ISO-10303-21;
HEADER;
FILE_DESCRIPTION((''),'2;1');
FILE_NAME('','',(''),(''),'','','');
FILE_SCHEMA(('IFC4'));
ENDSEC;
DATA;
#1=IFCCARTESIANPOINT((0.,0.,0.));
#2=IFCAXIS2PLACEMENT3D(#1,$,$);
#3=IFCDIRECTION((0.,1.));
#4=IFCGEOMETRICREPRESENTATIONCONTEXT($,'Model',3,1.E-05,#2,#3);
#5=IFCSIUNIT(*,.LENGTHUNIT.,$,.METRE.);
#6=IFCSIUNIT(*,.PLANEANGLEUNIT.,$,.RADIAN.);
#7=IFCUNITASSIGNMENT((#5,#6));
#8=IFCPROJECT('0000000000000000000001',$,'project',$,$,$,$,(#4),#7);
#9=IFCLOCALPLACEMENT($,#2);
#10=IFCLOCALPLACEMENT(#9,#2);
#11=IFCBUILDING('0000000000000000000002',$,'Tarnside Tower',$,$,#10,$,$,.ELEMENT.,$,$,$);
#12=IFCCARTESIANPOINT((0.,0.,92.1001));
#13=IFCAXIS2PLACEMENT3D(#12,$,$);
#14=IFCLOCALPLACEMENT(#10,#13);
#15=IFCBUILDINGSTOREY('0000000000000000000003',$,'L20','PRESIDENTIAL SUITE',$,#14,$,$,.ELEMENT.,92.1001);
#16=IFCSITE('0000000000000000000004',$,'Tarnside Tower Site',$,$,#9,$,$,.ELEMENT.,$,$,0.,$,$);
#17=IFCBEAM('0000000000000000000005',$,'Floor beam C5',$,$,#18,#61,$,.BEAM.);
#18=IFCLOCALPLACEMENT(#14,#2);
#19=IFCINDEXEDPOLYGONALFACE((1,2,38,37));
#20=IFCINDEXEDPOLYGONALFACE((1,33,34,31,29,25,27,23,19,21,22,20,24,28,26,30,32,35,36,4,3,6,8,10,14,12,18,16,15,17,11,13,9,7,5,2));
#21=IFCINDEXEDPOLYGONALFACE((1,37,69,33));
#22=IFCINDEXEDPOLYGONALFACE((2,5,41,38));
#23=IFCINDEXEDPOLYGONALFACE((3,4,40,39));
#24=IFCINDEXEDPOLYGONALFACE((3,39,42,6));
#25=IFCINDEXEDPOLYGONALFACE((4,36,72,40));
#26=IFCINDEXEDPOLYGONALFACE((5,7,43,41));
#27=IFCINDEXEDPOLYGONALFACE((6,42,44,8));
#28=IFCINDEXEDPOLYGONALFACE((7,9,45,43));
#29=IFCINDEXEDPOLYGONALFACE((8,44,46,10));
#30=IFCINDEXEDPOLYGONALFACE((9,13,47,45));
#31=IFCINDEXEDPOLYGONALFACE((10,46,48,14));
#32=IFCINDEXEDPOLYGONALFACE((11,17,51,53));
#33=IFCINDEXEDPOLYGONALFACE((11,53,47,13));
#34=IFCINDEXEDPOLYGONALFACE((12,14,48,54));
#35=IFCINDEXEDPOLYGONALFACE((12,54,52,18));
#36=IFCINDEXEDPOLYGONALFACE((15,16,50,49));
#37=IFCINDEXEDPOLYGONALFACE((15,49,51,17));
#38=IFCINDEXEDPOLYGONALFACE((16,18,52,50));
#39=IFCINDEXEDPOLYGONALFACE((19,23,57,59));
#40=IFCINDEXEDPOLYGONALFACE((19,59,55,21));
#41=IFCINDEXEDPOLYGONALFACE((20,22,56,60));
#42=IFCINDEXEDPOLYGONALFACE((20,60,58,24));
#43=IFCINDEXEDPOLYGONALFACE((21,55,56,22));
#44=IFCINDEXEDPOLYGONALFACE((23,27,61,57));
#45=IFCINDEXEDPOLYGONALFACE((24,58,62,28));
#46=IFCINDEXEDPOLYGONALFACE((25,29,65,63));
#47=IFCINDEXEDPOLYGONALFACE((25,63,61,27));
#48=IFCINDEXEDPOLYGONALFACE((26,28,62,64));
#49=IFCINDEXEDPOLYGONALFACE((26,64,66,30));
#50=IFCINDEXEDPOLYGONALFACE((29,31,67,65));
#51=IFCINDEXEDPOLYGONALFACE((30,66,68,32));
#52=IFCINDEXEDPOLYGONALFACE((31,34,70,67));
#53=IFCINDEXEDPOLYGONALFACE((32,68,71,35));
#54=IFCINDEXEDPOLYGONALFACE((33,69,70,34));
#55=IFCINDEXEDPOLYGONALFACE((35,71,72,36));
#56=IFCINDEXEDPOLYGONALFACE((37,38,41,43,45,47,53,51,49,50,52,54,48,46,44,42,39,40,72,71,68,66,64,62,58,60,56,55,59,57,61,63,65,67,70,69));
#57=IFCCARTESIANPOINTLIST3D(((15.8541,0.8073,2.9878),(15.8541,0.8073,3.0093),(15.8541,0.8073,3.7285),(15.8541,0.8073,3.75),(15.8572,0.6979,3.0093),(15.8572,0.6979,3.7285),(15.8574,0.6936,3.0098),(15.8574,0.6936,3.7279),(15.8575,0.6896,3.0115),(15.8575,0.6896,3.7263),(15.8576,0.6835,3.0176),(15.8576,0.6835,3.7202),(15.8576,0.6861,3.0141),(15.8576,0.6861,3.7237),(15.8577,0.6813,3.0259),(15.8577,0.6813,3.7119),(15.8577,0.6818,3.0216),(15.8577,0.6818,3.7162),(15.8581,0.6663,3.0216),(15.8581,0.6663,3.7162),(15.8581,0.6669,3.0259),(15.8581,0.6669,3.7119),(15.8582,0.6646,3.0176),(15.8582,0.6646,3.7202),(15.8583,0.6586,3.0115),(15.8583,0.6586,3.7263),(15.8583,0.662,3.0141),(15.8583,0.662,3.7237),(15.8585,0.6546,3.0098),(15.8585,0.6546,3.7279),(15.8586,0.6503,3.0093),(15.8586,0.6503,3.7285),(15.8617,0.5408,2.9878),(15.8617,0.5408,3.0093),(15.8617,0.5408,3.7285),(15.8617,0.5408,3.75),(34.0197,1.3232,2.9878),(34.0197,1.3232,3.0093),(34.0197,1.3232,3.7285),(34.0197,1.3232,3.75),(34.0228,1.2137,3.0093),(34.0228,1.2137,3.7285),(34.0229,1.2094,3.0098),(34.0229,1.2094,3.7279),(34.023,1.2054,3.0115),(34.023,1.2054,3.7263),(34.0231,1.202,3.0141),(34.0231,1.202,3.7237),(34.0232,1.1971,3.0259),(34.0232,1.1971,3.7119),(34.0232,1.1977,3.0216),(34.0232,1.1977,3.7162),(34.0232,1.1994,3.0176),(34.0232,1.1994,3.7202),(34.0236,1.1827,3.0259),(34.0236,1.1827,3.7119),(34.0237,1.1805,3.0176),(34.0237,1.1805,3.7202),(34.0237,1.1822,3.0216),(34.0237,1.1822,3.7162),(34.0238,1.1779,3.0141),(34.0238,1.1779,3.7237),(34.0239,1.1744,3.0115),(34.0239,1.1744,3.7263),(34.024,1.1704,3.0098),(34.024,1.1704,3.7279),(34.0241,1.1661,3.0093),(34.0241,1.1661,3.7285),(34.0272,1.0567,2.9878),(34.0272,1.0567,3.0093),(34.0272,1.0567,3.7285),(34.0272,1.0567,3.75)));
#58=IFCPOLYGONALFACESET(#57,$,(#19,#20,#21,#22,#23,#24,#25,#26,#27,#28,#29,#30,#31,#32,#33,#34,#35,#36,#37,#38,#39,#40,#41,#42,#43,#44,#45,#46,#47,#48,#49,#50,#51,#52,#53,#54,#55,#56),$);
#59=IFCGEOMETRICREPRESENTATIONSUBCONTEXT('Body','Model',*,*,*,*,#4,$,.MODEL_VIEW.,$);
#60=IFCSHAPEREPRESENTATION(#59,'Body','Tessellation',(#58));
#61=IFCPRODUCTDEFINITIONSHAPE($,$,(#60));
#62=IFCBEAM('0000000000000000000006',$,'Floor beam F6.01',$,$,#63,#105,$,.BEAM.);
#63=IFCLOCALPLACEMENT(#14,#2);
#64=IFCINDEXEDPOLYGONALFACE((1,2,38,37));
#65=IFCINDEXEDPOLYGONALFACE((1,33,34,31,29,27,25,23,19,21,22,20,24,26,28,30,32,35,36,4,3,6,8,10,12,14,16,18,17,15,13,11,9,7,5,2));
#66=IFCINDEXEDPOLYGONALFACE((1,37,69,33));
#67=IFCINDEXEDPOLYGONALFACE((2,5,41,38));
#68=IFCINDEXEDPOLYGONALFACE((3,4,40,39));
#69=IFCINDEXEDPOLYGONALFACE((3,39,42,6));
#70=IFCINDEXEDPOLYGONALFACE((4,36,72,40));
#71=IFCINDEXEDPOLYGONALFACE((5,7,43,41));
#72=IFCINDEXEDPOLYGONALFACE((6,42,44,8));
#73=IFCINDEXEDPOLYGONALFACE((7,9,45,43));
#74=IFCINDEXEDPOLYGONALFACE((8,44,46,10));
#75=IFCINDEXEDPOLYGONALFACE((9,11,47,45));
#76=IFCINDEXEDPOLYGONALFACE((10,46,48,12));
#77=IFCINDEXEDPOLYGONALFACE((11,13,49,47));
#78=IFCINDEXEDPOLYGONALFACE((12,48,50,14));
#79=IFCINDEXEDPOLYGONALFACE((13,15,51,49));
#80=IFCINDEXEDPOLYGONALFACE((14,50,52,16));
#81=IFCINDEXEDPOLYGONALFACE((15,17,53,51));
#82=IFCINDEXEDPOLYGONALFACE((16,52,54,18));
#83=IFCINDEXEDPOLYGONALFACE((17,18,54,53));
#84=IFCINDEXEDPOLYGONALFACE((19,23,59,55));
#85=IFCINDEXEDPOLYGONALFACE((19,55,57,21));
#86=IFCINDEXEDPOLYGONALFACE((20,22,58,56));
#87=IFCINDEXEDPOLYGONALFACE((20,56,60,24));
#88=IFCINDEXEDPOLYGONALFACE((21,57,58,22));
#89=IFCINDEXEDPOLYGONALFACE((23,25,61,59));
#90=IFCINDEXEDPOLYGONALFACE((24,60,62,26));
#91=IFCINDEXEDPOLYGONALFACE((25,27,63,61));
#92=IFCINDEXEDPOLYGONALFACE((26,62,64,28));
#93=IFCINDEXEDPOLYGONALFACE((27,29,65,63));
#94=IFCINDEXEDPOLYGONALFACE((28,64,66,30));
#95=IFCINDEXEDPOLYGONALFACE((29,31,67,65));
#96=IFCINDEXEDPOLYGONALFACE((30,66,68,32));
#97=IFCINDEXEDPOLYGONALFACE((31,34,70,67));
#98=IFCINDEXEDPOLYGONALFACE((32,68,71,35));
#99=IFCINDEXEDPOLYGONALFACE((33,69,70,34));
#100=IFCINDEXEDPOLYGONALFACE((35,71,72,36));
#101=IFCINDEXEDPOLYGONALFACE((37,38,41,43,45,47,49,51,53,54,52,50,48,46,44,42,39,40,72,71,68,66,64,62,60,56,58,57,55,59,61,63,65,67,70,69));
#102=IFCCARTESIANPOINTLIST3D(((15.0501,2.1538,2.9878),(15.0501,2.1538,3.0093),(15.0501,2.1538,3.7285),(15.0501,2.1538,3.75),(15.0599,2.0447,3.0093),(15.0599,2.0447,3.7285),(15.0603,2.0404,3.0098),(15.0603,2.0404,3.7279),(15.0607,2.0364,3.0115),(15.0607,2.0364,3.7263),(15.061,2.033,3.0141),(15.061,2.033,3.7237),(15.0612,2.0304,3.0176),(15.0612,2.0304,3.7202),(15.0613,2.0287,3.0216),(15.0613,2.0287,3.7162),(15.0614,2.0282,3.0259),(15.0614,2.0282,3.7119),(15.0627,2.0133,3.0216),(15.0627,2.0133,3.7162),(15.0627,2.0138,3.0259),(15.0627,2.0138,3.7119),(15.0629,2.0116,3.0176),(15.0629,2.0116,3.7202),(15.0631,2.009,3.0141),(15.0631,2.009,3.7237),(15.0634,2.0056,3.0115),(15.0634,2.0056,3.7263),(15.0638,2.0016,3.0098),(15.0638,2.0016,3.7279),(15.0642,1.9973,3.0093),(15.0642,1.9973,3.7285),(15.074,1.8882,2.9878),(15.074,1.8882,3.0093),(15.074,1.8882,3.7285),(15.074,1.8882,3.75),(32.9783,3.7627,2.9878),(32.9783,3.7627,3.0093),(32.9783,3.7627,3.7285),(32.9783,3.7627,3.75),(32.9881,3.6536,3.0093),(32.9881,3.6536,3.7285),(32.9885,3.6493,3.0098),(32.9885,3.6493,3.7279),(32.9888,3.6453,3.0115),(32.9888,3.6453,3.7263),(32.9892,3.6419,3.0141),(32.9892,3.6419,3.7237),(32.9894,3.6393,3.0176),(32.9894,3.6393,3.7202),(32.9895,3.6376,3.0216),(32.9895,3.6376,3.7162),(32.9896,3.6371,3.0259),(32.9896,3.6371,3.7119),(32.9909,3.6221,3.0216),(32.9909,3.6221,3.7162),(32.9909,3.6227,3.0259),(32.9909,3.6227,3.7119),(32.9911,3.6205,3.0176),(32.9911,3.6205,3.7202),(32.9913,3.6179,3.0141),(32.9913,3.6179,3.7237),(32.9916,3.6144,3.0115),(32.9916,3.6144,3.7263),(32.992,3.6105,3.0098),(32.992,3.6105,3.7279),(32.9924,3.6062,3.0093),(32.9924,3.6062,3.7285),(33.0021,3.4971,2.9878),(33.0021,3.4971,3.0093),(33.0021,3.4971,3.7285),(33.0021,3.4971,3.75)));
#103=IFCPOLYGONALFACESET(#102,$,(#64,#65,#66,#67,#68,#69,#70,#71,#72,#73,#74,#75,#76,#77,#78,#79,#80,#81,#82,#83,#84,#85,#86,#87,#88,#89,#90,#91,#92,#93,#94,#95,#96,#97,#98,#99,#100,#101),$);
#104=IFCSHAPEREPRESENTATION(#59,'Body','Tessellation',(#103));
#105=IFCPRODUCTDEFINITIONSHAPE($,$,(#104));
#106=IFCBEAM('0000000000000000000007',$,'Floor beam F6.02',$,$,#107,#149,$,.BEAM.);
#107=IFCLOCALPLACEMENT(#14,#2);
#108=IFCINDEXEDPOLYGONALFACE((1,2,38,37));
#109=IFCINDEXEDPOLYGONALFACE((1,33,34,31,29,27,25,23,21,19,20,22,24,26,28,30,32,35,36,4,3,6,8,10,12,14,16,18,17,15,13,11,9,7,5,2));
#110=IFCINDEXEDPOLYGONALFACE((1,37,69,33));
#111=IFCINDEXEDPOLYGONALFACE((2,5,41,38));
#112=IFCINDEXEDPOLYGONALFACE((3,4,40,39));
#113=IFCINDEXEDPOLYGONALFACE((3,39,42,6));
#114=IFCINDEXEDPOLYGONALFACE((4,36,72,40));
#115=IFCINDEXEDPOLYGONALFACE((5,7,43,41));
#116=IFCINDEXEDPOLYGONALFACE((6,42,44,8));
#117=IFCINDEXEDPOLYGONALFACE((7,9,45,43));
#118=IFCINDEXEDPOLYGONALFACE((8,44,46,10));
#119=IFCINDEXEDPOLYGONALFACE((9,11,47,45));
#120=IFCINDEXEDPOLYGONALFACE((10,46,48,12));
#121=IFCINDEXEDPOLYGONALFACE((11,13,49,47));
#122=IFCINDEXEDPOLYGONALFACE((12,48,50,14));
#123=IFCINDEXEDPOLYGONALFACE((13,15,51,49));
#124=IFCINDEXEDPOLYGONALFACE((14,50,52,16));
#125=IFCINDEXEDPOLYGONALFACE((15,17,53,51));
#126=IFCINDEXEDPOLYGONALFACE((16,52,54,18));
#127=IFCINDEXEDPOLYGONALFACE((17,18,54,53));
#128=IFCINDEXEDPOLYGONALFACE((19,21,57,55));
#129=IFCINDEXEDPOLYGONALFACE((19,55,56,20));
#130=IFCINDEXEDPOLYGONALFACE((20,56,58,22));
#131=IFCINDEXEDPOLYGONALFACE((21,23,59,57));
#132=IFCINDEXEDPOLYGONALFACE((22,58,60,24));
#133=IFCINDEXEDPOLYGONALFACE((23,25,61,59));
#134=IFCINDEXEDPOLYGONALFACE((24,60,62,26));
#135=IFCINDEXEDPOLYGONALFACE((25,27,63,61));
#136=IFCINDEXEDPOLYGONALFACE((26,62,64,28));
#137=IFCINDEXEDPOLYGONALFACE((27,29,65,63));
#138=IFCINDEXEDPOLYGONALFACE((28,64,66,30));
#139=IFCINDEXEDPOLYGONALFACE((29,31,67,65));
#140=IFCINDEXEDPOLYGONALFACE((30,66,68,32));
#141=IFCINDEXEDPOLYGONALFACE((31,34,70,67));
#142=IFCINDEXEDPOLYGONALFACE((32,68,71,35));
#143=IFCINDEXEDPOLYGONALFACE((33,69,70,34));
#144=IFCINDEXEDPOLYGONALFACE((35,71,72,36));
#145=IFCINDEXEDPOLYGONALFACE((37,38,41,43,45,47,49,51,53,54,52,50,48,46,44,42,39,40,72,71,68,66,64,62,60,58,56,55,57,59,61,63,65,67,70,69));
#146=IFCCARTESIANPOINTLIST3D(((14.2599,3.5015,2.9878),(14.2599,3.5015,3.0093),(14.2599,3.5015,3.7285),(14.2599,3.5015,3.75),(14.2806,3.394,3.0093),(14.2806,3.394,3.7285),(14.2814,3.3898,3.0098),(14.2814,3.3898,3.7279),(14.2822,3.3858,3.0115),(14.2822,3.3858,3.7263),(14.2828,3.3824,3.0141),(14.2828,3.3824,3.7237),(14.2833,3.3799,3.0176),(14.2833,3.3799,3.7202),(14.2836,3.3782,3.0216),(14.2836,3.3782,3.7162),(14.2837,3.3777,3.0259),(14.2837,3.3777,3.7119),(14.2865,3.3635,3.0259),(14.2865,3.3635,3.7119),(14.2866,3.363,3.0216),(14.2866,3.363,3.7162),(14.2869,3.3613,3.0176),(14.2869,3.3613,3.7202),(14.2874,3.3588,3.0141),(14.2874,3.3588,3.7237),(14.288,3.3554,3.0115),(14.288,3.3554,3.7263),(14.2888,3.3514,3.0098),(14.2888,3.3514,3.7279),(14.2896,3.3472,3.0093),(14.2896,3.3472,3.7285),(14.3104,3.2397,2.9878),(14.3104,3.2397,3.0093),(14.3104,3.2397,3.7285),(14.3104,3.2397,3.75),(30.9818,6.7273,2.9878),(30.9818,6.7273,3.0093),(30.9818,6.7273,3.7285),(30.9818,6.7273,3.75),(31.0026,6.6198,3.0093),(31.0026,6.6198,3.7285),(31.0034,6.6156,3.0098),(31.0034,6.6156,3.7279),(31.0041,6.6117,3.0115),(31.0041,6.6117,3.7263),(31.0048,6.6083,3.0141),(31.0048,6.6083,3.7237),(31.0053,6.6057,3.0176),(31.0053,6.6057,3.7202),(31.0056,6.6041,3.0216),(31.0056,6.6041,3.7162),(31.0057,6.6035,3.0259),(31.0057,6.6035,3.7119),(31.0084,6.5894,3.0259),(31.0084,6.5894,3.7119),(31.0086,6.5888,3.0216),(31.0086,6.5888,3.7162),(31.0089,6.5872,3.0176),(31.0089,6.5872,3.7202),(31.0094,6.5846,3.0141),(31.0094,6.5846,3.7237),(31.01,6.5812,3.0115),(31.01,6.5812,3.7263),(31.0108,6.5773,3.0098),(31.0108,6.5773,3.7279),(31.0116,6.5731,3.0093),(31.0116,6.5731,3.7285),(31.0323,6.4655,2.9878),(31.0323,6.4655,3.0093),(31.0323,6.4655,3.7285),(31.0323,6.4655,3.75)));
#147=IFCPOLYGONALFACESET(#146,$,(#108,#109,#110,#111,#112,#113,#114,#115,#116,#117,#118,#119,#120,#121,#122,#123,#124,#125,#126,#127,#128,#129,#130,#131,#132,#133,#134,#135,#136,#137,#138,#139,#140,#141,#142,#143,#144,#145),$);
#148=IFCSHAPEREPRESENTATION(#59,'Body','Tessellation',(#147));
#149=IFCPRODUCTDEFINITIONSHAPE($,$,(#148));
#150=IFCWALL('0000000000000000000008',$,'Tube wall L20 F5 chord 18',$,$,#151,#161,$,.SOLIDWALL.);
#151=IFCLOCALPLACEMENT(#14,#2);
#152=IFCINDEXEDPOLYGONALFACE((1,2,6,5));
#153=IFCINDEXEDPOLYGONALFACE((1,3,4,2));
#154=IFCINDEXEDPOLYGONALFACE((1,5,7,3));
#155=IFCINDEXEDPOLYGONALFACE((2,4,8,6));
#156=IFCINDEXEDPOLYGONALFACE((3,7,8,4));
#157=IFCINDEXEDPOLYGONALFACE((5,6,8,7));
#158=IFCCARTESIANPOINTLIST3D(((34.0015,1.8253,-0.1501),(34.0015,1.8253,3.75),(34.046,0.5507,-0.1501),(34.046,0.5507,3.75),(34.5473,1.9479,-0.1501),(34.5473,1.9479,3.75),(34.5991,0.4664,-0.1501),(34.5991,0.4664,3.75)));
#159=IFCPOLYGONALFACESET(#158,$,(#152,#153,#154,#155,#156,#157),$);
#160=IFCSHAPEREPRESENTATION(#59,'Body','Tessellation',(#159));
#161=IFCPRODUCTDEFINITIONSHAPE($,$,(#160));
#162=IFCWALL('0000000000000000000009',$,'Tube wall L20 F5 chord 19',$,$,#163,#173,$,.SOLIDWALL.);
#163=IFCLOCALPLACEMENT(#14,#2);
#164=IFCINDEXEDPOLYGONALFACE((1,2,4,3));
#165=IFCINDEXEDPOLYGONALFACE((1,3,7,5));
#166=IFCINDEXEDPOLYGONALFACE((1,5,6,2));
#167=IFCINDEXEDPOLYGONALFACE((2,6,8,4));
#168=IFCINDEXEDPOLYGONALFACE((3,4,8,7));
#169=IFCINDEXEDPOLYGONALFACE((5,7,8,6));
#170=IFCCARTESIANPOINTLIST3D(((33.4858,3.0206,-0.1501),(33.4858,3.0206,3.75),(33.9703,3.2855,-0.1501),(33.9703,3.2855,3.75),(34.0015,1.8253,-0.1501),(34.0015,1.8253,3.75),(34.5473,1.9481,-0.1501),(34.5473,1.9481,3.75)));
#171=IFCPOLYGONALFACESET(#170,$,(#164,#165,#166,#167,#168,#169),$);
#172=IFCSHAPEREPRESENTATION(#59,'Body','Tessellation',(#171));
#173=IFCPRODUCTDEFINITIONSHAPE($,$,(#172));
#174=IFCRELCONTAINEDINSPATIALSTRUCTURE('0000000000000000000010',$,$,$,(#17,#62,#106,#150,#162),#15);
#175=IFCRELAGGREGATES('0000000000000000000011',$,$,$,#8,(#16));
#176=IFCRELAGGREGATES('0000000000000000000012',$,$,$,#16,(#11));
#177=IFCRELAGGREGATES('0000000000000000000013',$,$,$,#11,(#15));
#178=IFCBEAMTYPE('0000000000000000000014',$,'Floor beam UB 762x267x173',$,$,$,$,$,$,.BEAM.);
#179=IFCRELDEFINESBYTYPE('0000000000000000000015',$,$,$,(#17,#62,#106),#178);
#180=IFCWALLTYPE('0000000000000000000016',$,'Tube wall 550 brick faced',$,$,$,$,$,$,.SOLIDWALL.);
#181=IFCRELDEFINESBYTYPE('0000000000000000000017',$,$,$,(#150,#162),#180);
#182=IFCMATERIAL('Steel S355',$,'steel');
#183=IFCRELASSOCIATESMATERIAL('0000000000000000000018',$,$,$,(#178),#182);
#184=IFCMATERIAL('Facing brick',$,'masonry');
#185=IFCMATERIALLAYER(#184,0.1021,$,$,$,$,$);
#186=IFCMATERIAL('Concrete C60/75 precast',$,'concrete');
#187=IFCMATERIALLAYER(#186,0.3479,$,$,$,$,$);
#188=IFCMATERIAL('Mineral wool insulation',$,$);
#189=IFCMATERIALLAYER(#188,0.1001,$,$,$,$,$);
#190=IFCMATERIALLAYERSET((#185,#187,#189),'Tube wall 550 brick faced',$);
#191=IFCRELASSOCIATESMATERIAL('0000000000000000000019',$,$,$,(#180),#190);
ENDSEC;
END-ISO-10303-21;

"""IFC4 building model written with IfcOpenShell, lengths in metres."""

from ifc_helpers import new_model, si_unit, direction, frame, origin, origin_2d, place, context, subcontext, project, spatial, polyline, i_section, outline, extrude, material, layer, layer_set, material_profile, profile_set, type_object, element, save


model = new_model("IFC4")

# Units and contexts
model_context = context("Model", 3, precision=1e-05, world=origin(), true_north=direction((0.0, 1.0)))
body_context = subcontext(model_context, "Body", "Model", "MODEL_VIEW")
ifc_project = project(units=[si_unit("LENGTHUNIT", "METRE"), si_unit("PLANEANGLEUNIT", "RADIAN")], contexts=[model_context])

# Site, building, storey
site_placement = place(None, origin())
site = spatial("IfcSite", under=ifc_project, at=site_placement, Name="Tarnside Tower Site", CompositionType="ELEMENT", RefElevation=0.0)
building_placement = place(site_placement, origin())
building = spatial("IfcBuilding", under=site, at=building_placement, Name="Tarnside Tower", CompositionType="ELEMENT")
storey_placement = place(building_placement, frame((0.0, 0.0, 92.1001)))
storey = spatial("IfcBuildingStorey", under=building, at=storey_placement, Name="L20", Description="PRESIDENTIAL SUITE", CompositionType="ELEMENT", Elevation=92.1001)

# Beams
ifc_material_1 = material(Name="Steel S355", Category="steel")
ifc_material_profile = material_profile(ifc_material_1, i_section(OverallWidth=0.2666, OverallDepth=0.7622, WebThickness=0.0144, FlangeThickness=0.0215, FilletRadius=0.0166, at=origin_2d()), Name="UB 762x267x173")
ifc_profile_set = profile_set([ifc_material_profile], Name="Steel S355")
beam_type = type_object("IfcBeamType", Name="Floor beam UB 762x267x173", PredefinedType="BEAM", material=ifc_profile_set)
beam_1_placement = place(storey_placement, frame((34.0234, 1.1899, 3.3689), z_axis=(-0.999597, -0.028387, 0.0), x_axis=(0.028387, -0.999597, 0.0)))
element("IfcBeam", 1, at=beam_1_placement, inside=storey, type_object=beam_type, Name="Floor beam C5", PredefinedType="BEAM", context=body_context, shape_type="SweptSolid", body=[
    extrude(i_section(OverallWidth=0.2666, OverallDepth=0.7622, WebThickness=0.0144, FlangeThickness=0.0215, FilletRadius=0.0166, at=origin_2d()), origin(), (0.0, 0.0, 1.0), 18.1729),
])
beam_2_placement = place(storey_placement, frame((32.9902, 3.6299, 3.3689), z_axis=(-0.995997, -0.089381, 0.0), x_axis=(0.089381, -0.995997, 0.0)))
element("IfcBeam", 2, at=beam_2_placement, inside=storey, type_object=beam_type, Name="Floor beam F6.01", PredefinedType="BEAM", context=body_context, shape_type="SweptSolid", body=[
    extrude(i_section(OverallWidth=0.2666, OverallDepth=0.7622, WebThickness=0.0144, FlangeThickness=0.0215, FilletRadius=0.0166, at=origin_2d()), origin(), (0.0, 0.0, 1.0), 18.0002),
])
beam_3_placement = place(storey_placement, frame((31.0071, 6.5964, 3.3689), z_axis=(-0.981897, -0.189418, 0.0), x_axis=(0.189418, -0.981897, 0.0)))
element("IfcBeam", 3, at=beam_3_placement, inside=storey, type_object=beam_type, Name="Floor beam F6.02", PredefinedType="BEAM", context=body_context, shape_type="SweptSolid", body=[
    extrude(i_section(OverallWidth=0.2666, OverallDepth=0.7622, WebThickness=0.0144, FlangeThickness=0.0215, FilletRadius=0.0166, at=origin_2d()), origin(), (0.0, 0.0, 1.0), 17.0303),
])

# Walls
ifc_material_2 = material(Name="Facing brick", Category="masonry")
ifc_layer_1 = layer(ifc_material_2, 0.1021)
ifc_material_3 = material(Name="Concrete C60/75 precast", Category="concrete")
ifc_layer_2 = layer(ifc_material_3, 0.3479)
ifc_material_4 = material(Name="Mineral wool insulation")
ifc_layer_3 = layer(ifc_material_4, 0.1001)
ifc_layer_set_1 = layer_set([ifc_layer_1, ifc_layer_2, ifc_layer_3], Name="Tube wall 550 brick faced")
wall_type = type_object("IfcWallType", Name="Tube wall 550 brick faced", PredefinedType="SOLIDWALL", material=ifc_layer_set_1)
wall_1_placement = place(storey_placement, frame((34.3225, 0.5085, -0.1501), z_axis=(0.0, 0.0, 1.0), x_axis=(-0.034877, 0.999392, 0.0)))
element("IfcWall", 4, at=wall_1_placement, inside=storey, type_object=wall_type, Name="Tube wall L20 F5 chord 18", PredefinedType="SOLIDWALL", context=body_context, shape_type="SweptSolid", body=[
    extrude(outline(polyline([(-0.0518, -0.2749), (1.4307, -0.2749), (1.3271, 0.2749), (0.0518, 0.2749), (-0.0518, -0.2749)])), origin(), (0.0, 0.0, 1.0), 3.9001),
])
wall_2_placement = place(storey_placement, frame((34.2744, 1.8867, -0.1501), z_axis=(0.0, 0.0, 1.0), x_axis=(-0.396161, 0.918181, 0.0)))
element("IfcWall", 5, at=wall_2_placement, inside=storey, type_object=wall_type, Name="Tube wall L20 F5 chord 19", PredefinedType="SOLIDWALL", context=body_context, shape_type="SweptSolid", body=[
    extrude(outline(polyline([(-0.0518, -0.2749), (1.4048, -0.2749), (1.3535, 0.2749), (0.0518, 0.2749), (-0.0518, -0.2749)])), origin(), (0.0, 0.0, 1.0), 3.9001),
])

save(model, "model.ifc")
